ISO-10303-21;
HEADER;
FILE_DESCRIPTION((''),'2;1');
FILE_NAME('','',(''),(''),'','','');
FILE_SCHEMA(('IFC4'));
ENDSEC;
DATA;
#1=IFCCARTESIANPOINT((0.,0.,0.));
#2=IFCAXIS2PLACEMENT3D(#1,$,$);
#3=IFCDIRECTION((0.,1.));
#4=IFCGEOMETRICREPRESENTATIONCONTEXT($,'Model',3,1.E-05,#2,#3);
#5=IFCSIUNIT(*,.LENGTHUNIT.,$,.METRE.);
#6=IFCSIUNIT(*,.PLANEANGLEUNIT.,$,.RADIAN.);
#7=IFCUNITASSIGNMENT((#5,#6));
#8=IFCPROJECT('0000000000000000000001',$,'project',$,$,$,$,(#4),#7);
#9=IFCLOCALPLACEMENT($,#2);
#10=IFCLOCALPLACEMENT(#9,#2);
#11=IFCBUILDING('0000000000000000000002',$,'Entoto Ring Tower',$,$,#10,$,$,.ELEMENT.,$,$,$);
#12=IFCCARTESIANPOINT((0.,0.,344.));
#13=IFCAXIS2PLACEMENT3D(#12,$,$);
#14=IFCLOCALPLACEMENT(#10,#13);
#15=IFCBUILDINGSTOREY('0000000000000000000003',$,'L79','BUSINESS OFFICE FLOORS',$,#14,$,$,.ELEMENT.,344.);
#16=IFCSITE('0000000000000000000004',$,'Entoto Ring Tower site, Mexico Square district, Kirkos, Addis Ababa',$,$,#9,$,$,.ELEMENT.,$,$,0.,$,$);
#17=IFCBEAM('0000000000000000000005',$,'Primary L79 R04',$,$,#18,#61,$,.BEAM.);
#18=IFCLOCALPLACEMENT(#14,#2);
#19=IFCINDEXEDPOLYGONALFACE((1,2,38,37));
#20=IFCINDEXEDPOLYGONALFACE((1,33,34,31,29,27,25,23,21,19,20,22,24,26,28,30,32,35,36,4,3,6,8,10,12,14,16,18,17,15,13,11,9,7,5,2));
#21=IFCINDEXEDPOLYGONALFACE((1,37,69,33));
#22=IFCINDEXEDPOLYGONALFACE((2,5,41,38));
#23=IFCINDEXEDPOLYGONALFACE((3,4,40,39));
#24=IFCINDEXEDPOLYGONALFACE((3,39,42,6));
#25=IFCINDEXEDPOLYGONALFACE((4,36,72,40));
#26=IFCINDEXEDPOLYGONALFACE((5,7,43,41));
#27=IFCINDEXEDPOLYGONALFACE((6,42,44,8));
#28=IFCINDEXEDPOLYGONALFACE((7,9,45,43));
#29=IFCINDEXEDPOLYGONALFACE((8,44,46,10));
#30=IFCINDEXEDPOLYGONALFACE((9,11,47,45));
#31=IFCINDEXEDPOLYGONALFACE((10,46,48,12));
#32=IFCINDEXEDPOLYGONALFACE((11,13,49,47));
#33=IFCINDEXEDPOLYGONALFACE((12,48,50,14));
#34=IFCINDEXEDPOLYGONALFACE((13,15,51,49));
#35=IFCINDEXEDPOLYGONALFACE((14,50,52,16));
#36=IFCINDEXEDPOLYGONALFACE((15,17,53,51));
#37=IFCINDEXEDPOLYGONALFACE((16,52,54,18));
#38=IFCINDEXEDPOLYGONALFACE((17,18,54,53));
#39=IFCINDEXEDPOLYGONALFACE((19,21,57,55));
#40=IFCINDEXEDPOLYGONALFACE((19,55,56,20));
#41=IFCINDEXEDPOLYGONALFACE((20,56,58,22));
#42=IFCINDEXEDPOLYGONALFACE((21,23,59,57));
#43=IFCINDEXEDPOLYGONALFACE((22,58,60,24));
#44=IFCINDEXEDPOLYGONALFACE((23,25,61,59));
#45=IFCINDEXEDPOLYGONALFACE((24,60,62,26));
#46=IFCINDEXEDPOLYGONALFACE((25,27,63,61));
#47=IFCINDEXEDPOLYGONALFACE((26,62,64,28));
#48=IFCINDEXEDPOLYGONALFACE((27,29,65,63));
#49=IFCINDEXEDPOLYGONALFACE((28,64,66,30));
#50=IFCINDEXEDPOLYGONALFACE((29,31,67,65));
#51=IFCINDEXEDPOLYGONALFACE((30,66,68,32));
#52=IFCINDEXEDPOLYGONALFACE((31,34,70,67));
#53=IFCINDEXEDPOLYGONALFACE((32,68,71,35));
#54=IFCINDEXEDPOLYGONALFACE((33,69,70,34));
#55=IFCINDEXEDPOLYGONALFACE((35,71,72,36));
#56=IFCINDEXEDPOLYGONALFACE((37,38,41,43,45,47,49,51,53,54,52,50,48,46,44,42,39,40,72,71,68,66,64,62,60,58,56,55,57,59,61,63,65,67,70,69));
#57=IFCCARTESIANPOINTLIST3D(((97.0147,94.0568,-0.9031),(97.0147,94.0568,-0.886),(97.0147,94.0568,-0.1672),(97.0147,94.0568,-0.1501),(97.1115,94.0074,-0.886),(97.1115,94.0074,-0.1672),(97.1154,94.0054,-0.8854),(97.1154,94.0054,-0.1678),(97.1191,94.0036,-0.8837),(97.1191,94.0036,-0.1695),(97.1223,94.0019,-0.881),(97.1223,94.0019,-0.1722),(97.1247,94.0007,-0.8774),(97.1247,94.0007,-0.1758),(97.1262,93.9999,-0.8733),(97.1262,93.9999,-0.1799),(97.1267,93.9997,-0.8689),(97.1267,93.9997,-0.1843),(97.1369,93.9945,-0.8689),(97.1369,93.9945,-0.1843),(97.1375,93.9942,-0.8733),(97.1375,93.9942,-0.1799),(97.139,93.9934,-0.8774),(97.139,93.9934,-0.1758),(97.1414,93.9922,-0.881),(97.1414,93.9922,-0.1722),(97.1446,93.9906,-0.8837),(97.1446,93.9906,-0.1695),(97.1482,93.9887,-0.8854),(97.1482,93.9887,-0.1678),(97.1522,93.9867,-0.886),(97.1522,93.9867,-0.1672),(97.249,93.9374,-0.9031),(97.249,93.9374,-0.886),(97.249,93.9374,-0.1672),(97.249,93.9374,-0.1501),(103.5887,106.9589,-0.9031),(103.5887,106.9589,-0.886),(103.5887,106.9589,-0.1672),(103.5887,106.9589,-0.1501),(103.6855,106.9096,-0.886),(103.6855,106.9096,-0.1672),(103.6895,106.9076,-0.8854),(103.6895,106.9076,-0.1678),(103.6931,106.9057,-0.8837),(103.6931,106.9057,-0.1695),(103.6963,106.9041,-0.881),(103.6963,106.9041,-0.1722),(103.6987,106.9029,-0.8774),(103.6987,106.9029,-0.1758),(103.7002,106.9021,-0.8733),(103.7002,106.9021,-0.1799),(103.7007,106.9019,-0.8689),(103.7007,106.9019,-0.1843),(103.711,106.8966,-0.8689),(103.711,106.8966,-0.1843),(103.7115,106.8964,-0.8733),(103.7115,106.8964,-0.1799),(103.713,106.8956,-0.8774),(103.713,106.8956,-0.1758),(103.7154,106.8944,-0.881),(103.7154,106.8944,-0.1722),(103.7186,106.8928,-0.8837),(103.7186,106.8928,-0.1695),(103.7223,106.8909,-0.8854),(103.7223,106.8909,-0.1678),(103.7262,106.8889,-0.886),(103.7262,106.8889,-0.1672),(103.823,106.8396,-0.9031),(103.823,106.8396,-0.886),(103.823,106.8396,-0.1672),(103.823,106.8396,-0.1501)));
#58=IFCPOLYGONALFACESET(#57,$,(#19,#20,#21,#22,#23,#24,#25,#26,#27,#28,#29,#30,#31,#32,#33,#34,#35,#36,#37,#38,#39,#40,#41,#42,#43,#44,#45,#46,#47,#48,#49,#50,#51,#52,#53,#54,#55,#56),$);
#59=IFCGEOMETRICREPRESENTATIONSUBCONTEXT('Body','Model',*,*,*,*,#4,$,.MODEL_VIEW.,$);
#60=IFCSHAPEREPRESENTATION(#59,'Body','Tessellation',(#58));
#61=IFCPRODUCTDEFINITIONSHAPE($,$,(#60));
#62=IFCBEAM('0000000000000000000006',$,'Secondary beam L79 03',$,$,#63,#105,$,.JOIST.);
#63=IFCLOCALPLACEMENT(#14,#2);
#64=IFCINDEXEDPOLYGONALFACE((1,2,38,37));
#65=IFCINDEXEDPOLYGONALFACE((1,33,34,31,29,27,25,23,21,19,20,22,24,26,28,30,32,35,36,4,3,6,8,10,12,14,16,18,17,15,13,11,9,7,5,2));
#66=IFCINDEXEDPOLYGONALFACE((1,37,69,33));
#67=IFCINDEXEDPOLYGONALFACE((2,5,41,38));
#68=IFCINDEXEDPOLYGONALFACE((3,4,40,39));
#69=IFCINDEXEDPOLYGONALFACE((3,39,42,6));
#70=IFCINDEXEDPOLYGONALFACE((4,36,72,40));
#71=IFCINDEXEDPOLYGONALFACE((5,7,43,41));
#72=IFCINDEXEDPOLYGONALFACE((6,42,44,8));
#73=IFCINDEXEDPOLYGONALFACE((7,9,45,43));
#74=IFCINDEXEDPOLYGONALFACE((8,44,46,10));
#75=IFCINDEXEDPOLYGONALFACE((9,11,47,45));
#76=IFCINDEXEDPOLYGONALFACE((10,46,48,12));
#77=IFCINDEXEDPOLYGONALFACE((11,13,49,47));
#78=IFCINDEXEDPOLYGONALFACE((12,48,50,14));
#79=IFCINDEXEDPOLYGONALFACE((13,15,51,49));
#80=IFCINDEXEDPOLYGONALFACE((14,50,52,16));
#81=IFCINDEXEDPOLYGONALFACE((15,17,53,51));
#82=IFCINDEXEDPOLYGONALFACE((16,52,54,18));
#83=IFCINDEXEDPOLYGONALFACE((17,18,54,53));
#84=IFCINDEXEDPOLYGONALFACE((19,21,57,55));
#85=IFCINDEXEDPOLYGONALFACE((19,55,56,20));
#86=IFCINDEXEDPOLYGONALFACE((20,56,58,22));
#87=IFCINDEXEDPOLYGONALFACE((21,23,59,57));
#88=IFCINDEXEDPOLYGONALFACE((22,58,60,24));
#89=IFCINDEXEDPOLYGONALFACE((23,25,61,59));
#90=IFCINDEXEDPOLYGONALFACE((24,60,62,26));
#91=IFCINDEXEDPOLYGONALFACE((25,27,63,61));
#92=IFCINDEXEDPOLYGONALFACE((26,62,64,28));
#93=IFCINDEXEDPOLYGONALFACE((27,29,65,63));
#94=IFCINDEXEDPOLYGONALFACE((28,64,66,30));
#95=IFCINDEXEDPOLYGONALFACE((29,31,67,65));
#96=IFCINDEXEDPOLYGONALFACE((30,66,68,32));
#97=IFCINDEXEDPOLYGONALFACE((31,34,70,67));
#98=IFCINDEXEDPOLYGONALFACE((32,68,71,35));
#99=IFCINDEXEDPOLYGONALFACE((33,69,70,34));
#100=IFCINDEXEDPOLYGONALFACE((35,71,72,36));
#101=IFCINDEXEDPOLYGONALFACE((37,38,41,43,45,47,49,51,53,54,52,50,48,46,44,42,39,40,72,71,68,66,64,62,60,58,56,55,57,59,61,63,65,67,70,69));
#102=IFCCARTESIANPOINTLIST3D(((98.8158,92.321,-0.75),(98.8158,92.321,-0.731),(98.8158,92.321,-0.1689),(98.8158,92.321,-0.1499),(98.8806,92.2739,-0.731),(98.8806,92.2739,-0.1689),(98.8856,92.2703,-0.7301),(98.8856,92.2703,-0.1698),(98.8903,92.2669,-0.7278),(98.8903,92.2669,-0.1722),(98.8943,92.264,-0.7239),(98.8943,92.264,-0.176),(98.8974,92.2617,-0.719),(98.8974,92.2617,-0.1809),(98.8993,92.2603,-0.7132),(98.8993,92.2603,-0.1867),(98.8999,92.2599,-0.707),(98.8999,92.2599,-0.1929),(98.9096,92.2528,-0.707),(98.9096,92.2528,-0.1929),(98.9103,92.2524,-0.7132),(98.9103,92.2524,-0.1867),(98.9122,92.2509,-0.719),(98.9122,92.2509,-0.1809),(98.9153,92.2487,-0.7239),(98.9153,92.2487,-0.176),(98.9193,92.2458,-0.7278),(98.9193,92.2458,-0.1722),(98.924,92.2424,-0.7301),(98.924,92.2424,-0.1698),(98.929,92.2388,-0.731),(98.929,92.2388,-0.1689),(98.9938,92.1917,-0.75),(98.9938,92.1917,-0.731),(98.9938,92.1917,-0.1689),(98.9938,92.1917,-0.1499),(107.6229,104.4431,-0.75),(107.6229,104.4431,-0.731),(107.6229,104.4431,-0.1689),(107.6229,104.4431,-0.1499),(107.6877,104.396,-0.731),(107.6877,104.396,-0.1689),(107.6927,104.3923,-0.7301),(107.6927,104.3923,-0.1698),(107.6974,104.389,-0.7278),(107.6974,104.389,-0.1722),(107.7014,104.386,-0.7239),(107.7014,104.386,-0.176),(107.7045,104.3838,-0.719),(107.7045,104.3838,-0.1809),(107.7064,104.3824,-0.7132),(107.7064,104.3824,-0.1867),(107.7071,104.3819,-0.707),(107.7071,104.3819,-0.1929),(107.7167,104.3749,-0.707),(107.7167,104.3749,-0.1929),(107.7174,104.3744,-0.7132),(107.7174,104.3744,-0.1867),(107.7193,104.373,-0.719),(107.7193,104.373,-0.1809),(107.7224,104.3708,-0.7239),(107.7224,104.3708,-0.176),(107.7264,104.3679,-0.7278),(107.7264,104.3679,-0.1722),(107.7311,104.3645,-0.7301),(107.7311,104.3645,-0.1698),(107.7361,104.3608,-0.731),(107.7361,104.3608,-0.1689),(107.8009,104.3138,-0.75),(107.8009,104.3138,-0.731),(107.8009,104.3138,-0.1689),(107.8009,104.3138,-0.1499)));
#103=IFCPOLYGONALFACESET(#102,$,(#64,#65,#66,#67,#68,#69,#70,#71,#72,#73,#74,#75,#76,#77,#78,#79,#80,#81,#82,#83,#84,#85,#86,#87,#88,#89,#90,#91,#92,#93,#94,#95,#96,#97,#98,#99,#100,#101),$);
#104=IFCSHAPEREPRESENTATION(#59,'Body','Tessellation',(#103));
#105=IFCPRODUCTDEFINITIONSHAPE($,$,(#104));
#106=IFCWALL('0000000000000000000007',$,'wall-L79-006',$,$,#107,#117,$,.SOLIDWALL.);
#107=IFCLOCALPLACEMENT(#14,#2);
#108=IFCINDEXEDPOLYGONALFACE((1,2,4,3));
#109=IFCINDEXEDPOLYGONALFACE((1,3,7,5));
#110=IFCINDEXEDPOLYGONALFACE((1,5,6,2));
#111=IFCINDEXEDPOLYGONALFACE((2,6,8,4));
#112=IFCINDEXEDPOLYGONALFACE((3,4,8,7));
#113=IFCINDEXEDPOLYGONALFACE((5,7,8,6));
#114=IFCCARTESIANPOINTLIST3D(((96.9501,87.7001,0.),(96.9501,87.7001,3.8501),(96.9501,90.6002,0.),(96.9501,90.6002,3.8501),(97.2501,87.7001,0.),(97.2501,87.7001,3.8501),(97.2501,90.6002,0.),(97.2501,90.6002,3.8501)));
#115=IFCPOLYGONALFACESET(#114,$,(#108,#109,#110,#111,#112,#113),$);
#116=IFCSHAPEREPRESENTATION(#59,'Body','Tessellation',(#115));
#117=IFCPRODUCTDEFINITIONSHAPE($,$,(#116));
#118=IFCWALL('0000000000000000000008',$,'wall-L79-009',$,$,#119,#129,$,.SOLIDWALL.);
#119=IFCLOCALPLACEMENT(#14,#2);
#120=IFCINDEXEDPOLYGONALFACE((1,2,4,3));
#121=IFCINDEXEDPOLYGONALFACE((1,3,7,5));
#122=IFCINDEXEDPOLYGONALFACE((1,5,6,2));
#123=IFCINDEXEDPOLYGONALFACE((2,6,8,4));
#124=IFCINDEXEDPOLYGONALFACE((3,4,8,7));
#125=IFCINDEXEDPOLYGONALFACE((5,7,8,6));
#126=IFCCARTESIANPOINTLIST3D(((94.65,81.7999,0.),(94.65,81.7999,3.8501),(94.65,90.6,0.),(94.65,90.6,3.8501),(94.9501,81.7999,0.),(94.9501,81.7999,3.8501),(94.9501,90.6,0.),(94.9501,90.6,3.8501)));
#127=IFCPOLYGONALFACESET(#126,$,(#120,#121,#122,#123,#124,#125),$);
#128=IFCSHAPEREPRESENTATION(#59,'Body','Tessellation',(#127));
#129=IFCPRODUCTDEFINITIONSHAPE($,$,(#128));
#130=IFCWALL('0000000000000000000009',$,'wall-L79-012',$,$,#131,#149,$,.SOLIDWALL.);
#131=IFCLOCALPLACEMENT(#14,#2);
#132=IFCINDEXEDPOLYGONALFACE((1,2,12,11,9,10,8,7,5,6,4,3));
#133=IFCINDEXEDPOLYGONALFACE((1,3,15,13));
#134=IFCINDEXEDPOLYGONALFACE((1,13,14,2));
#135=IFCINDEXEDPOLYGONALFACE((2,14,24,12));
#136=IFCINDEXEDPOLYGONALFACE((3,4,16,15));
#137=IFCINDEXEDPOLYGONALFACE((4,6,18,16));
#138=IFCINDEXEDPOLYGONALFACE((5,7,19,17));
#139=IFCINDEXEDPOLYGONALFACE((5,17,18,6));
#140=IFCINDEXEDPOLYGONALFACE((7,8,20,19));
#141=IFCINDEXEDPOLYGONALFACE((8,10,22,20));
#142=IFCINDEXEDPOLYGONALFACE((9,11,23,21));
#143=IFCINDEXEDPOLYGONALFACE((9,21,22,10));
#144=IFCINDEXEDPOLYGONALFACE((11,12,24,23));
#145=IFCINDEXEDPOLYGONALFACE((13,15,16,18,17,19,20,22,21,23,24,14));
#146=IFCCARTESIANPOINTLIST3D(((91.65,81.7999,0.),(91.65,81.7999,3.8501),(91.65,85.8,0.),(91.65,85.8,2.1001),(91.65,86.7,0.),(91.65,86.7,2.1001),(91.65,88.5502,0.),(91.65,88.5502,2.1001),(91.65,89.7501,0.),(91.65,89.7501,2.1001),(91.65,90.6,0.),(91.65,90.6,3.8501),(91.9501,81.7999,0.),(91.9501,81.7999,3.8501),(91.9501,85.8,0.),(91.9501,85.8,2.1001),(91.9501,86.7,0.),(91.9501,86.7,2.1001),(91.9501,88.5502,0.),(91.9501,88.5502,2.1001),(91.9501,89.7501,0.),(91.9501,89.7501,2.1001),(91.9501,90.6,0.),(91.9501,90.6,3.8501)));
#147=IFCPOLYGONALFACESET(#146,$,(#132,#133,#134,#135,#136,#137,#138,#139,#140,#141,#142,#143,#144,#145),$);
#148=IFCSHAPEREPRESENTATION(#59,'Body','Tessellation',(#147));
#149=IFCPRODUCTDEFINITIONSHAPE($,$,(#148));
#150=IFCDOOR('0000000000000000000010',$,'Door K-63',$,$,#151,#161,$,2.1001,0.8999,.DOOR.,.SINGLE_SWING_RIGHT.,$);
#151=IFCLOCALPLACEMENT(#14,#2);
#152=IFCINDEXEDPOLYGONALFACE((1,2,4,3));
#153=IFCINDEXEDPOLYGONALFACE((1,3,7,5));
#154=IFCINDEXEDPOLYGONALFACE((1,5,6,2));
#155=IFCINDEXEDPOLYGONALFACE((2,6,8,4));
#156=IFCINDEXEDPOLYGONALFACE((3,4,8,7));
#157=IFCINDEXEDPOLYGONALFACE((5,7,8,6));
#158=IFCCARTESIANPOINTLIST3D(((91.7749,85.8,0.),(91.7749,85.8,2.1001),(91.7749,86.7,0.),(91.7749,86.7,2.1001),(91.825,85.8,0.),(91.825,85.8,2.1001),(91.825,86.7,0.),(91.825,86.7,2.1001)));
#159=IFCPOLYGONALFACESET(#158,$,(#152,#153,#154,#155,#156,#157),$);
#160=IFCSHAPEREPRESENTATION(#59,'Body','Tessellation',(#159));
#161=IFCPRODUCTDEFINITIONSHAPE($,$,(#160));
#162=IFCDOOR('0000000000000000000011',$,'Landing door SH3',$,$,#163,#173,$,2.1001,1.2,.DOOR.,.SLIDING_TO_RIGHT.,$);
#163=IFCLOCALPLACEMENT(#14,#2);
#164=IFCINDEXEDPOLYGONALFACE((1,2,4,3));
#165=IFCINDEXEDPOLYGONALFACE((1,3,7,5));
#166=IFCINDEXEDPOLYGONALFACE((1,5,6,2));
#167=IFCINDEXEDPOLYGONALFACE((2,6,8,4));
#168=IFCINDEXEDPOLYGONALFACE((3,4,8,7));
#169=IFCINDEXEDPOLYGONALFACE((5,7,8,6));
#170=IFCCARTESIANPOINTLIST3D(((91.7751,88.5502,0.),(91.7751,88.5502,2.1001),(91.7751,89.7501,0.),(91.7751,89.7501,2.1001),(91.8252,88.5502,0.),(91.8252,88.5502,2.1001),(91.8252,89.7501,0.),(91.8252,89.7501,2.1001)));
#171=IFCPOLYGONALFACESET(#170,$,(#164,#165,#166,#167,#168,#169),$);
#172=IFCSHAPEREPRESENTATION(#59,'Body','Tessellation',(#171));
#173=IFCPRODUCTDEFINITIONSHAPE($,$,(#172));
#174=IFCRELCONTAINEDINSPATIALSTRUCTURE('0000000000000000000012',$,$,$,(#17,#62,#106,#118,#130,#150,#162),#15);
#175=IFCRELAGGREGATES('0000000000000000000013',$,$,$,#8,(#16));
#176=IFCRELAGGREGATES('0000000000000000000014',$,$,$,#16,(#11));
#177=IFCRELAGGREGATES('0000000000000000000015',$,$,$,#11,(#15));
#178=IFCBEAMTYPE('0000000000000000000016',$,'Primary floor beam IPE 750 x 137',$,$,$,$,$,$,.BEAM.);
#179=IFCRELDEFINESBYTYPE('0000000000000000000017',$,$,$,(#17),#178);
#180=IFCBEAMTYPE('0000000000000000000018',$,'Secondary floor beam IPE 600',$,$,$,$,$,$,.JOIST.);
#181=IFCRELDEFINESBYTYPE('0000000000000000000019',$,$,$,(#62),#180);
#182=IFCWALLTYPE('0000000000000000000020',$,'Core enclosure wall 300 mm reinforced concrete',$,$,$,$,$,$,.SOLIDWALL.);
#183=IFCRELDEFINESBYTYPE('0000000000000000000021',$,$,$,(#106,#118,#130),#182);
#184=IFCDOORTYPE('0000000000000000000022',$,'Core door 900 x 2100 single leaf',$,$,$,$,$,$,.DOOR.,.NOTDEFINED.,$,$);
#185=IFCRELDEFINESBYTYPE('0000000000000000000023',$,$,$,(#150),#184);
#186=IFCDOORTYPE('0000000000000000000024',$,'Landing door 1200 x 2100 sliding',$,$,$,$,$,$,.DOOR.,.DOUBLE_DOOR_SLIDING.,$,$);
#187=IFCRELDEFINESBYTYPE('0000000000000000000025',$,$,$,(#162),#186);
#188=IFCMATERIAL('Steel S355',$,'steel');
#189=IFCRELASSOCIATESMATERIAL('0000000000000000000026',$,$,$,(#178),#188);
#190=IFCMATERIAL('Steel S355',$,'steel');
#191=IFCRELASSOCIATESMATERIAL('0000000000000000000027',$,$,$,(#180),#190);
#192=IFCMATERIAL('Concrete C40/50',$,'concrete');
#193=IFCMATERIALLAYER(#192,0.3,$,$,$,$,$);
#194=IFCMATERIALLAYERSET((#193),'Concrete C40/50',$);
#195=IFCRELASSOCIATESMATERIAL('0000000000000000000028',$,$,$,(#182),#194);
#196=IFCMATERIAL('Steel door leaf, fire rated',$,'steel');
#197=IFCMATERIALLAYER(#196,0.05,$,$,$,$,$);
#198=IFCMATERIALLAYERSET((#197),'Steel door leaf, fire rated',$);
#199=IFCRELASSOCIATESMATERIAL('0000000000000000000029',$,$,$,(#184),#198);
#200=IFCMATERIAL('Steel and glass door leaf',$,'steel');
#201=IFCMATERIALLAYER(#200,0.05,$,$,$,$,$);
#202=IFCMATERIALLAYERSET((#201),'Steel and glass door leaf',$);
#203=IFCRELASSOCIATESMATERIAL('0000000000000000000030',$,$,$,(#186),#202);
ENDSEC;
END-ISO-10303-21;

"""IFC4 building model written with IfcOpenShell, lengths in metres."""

from ifc_helpers import new_model, si_unit, direction, frame, frame_2d, origin, origin_2d, place, context, subcontext, project, spatial, rectangle, i_section, extrude, material, layer, layer_set, material_profile, profile_set, type_object, element, fill, save


model = new_model("IFC4")

# Units and contexts
model_context = context("Model", 3, precision=1e-05, world=origin(), true_north=direction((0.0, 1.0)))
body_context = subcontext(model_context, "Body", "Model", "MODEL_VIEW")
ifc_project = project(units=[si_unit("LENGTHUNIT", "METRE"), si_unit("PLANEANGLEUNIT", "RADIAN")], contexts=[model_context])

# Site, building, storey
site_placement = place(None, origin())
site = spatial("IfcSite", under=ifc_project, at=site_placement, Name="Entoto Ring Tower site, Mexico Square district, Kirkos, Addis Ababa", CompositionType="ELEMENT", RefElevation=0.0)
building_placement = place(site_placement, origin())
building = spatial("IfcBuilding", under=site, at=building_placement, Name="Entoto Ring Tower", CompositionType="ELEMENT")
storey_placement = place(building_placement, frame((0.0, 0.0, 344.0)))
storey = spatial("IfcBuildingStorey", under=building, at=storey_placement, Name="L79", Description="BUSINESS OFFICE FLOORS", CompositionType="ELEMENT", Elevation=344.0)

# Beams
ifc_material_1 = material(Name="Steel S355", Category="steel")
ifc_material_profile_1 = material_profile(ifc_material_1, i_section(OverallWidth=0.2629, OverallDepth=0.7529, WebThickness=0.0115, FlangeThickness=0.0171, FilletRadius=0.0171, at=origin_2d()), Name="IPE 750 x 137")
ifc_profile_set_1 = profile_set([ifc_material_profile_1], Name="Steel S355")
beam_type_1 = type_object("IfcBeamType", Name="Primary floor beam IPE 750 x 137", PredefinedType="BEAM", material=ifc_profile_set_1)
beam_1_placement = place(storey_placement, frame((97.1318, 93.9971, -0.5266), z_axis=(0.453992, 0.891006, 0.0), x_axis=(-0.891006, 0.453992, 0.0)))
element("IfcBeam", 1, at=beam_1_placement, inside=storey, type_object=beam_type_1, Name="Primary L79 R04", PredefinedType="BEAM", context=body_context, shape_type="SweptSolid", body=[
    extrude(i_section(OverallWidth=0.2629, OverallDepth=0.7529, WebThickness=0.0115, FlangeThickness=0.0171, FilletRadius=0.0171, at=origin_2d()), origin(), (0.0, 0.0, 1.0), 14.4805),
])
ifc_material_2 = material(Name="Steel S355", Category="steel")
ifc_material_profile_2 = material_profile(ifc_material_2, i_section(OverallWidth=0.22, OverallDepth=0.6001, WebThickness=0.012, FlangeThickness=0.019, FilletRadius=0.0239, at=origin_2d()), Name="IPE 600")
ifc_profile_set_2 = profile_set([ifc_material_profile_2], Name="Steel S355")
beam_type_2 = type_object("IfcBeamType", Name="Secondary floor beam IPE 600", PredefinedType="JOIST", material=ifc_profile_set_2)
beam_2_placement = place(storey_placement, frame((98.9048, 92.2563, -0.45), z_axis=(0.587782, 0.809019, 0.0), x_axis=(-0.809019, 0.587782, 0.0)))
element("IfcBeam", 2, at=beam_2_placement, inside=storey, type_object=beam_type_2, Name="Secondary beam L79 03", PredefinedType="JOIST", context=body_context, shape_type="SweptSolid", body=[
    extrude(i_section(OverallWidth=0.22, OverallDepth=0.6001, WebThickness=0.012, FlangeThickness=0.019, FilletRadius=0.0239, at=origin_2d()), origin(), (0.0, 0.0, 1.0), 14.9836),
])

# Walls
ifc_material_3 = material(Name="Concrete C40/50", Category="concrete")
ifc_layer_1 = layer(ifc_material_3, 0.3)
ifc_layer_set_1 = layer_set([ifc_layer_1], Name="Concrete C40/50")
wall_type_1 = type_object("IfcWallType", Name="Core enclosure wall 300 mm reinforced concrete", PredefinedType="SOLIDWALL", material=ifc_layer_set_1)
wall_1_placement = place(storey_placement, frame((97.1001, 87.7, 0.0), z_axis=(0.0, 0.0, 1.0), x_axis=(0.0, 1.0, 0.0)))
element("IfcWall", 3, at=wall_1_placement, inside=storey, type_object=wall_type_1, Name="wall-L79-006", PredefinedType="SOLIDWALL", context=body_context, shape_type="SweptSolid", body=[
    extrude(rectangle(XDim=2.9001, YDim=0.3, at=frame_2d((1.4502, 0.0))), origin(), (0.0, 0.0, 1.0), 3.8501),
])
wall_2_placement = place(storey_placement, frame((94.8, 81.8, 0.0), z_axis=(0.0, 0.0, 1.0), x_axis=(0.0, 1.0, 0.0)))
element("IfcWall", 4, at=wall_2_placement, inside=storey, type_object=wall_type_1, Name="wall-L79-009", PredefinedType="SOLIDWALL", context=body_context, shape_type="SweptSolid", body=[
    extrude(rectangle(XDim=8.8, YDim=0.3, at=frame_2d((4.3999, 0.0))), origin(), (0.0, 0.0, 1.0), 3.8501),
])

# Wall, openings, doors
wall_3_placement = place(storey_placement, frame((91.8, 81.8, 0.0), z_axis=(0.0, 0.0, 1.0), x_axis=(0.0, 1.0, 0.0)))
wall_3 = element("IfcWall", 5, at=wall_3_placement, inside=storey, type_object=wall_type_1, Name="wall-L79-012", PredefinedType="SOLIDWALL", context=body_context, shape_type="SweptSolid", body=[
    extrude(rectangle(XDim=8.8, YDim=0.3, at=frame_2d((4.3999, 0.0))), origin(), (0.0, 0.0, 1.0), 3.8501),
])
opening_1_placement = place(wall_3_placement, frame((6.75, 0.0, 0.0)))
opening_1 = element("IfcOpeningElement", 6, at=opening_1_placement, cuts=wall_3, PredefinedType="OPENING", context=body_context, shape_type="SweptSolid", body=[
    extrude(rectangle(XDim=1.2, YDim=2.1001, at=frame_2d((0.6001, 1.05))), frame((0.0, 0.1602, 0.0), z_axis=(0.0, -1.0, 0.0), x_axis=(1.0, 0.0, 0.0)), (0.0, 0.0, 1.0), 0.3201),
])
opening_2_placement = place(wall_3_placement, frame((4.0, 0.0, 0.0)))
opening_2 = element("IfcOpeningElement", 7, at=opening_2_placement, cuts=wall_3, PredefinedType="OPENING", context=body_context, shape_type="SweptSolid", body=[
    extrude(rectangle(XDim=0.8999, YDim=2.1001, at=frame_2d((0.45, 1.05))), frame((0.0, 0.1602, 0.0), z_axis=(0.0, -1.0, 0.0), x_axis=(1.0, 0.0, 0.0)), (0.0, 0.0, 1.0), 0.3201),
])
ifc_material_4 = material(Name="Steel door leaf, fire rated", Category="steel")
ifc_layer_2 = layer(ifc_material_4, 0.05)
ifc_layer_set_2 = layer_set([ifc_layer_2], Name="Steel door leaf, fire rated")
door_type_1 = type_object("IfcDoorType", Name="Core door 900 x 2100 single leaf", OperationType="NOTDEFINED", PredefinedType="DOOR", material=ifc_layer_set_2)
door_1_placement = place(opening_2_placement, frame((0.8999, 0.0, 0.0), z_axis=(0.0, 0.0, 1.0), x_axis=(-1.0, 0.0, 0.0)))
door_1 = element("IfcDoor", 8, at=door_1_placement, inside=storey, type_object=door_type_1, Name="Door K-63", OperationType="SINGLE_SWING_RIGHT", OverallHeight=2.1001, OverallWidth=0.8999, PredefinedType="DOOR", context=body_context, shape_type="SweptSolid", body=[
    extrude(rectangle(XDim=0.8999, YDim=2.1001, at=frame_2d((0.45, 1.05))), frame((0.0, 0.0249, 0.0), z_axis=(0.0, -1.0, 0.0), x_axis=(1.0, 0.0, 0.0)), (0.0, 0.0, 1.0), 0.05),
])
fill(opening_2, door_1)
ifc_material_5 = material(Name="Steel and glass door leaf", Category="steel")
ifc_layer_3 = layer(ifc_material_5, 0.05)
ifc_layer_set_3 = layer_set([ifc_layer_3], Name="Steel and glass door leaf")
door_type_2 = type_object("IfcDoorType", Name="Landing door 1200 x 2100 sliding", OperationType="DOUBLE_DOOR_SLIDING", PredefinedType="DOOR", material=ifc_layer_set_3)
door_2_placement = place(opening_1_placement, origin())
door_2 = element("IfcDoor", 9, at=door_2_placement, inside=storey, type_object=door_type_2, Name="Landing door SH3", OperationType="SLIDING_TO_RIGHT", OverallHeight=2.1001, OverallWidth=1.2, PredefinedType="DOOR", context=body_context, shape_type="SweptSolid", body=[
    extrude(rectangle(XDim=1.2, YDim=2.1001, at=frame_2d((0.6001, 1.05))), frame((0.0, 0.0249, 0.0), z_axis=(0.0, -1.0, 0.0), x_axis=(1.0, 0.0, 0.0)), (0.0, 0.0, 1.0), 0.05),
])
fill(opening_1, door_2)

save(model, "model.ifc")
